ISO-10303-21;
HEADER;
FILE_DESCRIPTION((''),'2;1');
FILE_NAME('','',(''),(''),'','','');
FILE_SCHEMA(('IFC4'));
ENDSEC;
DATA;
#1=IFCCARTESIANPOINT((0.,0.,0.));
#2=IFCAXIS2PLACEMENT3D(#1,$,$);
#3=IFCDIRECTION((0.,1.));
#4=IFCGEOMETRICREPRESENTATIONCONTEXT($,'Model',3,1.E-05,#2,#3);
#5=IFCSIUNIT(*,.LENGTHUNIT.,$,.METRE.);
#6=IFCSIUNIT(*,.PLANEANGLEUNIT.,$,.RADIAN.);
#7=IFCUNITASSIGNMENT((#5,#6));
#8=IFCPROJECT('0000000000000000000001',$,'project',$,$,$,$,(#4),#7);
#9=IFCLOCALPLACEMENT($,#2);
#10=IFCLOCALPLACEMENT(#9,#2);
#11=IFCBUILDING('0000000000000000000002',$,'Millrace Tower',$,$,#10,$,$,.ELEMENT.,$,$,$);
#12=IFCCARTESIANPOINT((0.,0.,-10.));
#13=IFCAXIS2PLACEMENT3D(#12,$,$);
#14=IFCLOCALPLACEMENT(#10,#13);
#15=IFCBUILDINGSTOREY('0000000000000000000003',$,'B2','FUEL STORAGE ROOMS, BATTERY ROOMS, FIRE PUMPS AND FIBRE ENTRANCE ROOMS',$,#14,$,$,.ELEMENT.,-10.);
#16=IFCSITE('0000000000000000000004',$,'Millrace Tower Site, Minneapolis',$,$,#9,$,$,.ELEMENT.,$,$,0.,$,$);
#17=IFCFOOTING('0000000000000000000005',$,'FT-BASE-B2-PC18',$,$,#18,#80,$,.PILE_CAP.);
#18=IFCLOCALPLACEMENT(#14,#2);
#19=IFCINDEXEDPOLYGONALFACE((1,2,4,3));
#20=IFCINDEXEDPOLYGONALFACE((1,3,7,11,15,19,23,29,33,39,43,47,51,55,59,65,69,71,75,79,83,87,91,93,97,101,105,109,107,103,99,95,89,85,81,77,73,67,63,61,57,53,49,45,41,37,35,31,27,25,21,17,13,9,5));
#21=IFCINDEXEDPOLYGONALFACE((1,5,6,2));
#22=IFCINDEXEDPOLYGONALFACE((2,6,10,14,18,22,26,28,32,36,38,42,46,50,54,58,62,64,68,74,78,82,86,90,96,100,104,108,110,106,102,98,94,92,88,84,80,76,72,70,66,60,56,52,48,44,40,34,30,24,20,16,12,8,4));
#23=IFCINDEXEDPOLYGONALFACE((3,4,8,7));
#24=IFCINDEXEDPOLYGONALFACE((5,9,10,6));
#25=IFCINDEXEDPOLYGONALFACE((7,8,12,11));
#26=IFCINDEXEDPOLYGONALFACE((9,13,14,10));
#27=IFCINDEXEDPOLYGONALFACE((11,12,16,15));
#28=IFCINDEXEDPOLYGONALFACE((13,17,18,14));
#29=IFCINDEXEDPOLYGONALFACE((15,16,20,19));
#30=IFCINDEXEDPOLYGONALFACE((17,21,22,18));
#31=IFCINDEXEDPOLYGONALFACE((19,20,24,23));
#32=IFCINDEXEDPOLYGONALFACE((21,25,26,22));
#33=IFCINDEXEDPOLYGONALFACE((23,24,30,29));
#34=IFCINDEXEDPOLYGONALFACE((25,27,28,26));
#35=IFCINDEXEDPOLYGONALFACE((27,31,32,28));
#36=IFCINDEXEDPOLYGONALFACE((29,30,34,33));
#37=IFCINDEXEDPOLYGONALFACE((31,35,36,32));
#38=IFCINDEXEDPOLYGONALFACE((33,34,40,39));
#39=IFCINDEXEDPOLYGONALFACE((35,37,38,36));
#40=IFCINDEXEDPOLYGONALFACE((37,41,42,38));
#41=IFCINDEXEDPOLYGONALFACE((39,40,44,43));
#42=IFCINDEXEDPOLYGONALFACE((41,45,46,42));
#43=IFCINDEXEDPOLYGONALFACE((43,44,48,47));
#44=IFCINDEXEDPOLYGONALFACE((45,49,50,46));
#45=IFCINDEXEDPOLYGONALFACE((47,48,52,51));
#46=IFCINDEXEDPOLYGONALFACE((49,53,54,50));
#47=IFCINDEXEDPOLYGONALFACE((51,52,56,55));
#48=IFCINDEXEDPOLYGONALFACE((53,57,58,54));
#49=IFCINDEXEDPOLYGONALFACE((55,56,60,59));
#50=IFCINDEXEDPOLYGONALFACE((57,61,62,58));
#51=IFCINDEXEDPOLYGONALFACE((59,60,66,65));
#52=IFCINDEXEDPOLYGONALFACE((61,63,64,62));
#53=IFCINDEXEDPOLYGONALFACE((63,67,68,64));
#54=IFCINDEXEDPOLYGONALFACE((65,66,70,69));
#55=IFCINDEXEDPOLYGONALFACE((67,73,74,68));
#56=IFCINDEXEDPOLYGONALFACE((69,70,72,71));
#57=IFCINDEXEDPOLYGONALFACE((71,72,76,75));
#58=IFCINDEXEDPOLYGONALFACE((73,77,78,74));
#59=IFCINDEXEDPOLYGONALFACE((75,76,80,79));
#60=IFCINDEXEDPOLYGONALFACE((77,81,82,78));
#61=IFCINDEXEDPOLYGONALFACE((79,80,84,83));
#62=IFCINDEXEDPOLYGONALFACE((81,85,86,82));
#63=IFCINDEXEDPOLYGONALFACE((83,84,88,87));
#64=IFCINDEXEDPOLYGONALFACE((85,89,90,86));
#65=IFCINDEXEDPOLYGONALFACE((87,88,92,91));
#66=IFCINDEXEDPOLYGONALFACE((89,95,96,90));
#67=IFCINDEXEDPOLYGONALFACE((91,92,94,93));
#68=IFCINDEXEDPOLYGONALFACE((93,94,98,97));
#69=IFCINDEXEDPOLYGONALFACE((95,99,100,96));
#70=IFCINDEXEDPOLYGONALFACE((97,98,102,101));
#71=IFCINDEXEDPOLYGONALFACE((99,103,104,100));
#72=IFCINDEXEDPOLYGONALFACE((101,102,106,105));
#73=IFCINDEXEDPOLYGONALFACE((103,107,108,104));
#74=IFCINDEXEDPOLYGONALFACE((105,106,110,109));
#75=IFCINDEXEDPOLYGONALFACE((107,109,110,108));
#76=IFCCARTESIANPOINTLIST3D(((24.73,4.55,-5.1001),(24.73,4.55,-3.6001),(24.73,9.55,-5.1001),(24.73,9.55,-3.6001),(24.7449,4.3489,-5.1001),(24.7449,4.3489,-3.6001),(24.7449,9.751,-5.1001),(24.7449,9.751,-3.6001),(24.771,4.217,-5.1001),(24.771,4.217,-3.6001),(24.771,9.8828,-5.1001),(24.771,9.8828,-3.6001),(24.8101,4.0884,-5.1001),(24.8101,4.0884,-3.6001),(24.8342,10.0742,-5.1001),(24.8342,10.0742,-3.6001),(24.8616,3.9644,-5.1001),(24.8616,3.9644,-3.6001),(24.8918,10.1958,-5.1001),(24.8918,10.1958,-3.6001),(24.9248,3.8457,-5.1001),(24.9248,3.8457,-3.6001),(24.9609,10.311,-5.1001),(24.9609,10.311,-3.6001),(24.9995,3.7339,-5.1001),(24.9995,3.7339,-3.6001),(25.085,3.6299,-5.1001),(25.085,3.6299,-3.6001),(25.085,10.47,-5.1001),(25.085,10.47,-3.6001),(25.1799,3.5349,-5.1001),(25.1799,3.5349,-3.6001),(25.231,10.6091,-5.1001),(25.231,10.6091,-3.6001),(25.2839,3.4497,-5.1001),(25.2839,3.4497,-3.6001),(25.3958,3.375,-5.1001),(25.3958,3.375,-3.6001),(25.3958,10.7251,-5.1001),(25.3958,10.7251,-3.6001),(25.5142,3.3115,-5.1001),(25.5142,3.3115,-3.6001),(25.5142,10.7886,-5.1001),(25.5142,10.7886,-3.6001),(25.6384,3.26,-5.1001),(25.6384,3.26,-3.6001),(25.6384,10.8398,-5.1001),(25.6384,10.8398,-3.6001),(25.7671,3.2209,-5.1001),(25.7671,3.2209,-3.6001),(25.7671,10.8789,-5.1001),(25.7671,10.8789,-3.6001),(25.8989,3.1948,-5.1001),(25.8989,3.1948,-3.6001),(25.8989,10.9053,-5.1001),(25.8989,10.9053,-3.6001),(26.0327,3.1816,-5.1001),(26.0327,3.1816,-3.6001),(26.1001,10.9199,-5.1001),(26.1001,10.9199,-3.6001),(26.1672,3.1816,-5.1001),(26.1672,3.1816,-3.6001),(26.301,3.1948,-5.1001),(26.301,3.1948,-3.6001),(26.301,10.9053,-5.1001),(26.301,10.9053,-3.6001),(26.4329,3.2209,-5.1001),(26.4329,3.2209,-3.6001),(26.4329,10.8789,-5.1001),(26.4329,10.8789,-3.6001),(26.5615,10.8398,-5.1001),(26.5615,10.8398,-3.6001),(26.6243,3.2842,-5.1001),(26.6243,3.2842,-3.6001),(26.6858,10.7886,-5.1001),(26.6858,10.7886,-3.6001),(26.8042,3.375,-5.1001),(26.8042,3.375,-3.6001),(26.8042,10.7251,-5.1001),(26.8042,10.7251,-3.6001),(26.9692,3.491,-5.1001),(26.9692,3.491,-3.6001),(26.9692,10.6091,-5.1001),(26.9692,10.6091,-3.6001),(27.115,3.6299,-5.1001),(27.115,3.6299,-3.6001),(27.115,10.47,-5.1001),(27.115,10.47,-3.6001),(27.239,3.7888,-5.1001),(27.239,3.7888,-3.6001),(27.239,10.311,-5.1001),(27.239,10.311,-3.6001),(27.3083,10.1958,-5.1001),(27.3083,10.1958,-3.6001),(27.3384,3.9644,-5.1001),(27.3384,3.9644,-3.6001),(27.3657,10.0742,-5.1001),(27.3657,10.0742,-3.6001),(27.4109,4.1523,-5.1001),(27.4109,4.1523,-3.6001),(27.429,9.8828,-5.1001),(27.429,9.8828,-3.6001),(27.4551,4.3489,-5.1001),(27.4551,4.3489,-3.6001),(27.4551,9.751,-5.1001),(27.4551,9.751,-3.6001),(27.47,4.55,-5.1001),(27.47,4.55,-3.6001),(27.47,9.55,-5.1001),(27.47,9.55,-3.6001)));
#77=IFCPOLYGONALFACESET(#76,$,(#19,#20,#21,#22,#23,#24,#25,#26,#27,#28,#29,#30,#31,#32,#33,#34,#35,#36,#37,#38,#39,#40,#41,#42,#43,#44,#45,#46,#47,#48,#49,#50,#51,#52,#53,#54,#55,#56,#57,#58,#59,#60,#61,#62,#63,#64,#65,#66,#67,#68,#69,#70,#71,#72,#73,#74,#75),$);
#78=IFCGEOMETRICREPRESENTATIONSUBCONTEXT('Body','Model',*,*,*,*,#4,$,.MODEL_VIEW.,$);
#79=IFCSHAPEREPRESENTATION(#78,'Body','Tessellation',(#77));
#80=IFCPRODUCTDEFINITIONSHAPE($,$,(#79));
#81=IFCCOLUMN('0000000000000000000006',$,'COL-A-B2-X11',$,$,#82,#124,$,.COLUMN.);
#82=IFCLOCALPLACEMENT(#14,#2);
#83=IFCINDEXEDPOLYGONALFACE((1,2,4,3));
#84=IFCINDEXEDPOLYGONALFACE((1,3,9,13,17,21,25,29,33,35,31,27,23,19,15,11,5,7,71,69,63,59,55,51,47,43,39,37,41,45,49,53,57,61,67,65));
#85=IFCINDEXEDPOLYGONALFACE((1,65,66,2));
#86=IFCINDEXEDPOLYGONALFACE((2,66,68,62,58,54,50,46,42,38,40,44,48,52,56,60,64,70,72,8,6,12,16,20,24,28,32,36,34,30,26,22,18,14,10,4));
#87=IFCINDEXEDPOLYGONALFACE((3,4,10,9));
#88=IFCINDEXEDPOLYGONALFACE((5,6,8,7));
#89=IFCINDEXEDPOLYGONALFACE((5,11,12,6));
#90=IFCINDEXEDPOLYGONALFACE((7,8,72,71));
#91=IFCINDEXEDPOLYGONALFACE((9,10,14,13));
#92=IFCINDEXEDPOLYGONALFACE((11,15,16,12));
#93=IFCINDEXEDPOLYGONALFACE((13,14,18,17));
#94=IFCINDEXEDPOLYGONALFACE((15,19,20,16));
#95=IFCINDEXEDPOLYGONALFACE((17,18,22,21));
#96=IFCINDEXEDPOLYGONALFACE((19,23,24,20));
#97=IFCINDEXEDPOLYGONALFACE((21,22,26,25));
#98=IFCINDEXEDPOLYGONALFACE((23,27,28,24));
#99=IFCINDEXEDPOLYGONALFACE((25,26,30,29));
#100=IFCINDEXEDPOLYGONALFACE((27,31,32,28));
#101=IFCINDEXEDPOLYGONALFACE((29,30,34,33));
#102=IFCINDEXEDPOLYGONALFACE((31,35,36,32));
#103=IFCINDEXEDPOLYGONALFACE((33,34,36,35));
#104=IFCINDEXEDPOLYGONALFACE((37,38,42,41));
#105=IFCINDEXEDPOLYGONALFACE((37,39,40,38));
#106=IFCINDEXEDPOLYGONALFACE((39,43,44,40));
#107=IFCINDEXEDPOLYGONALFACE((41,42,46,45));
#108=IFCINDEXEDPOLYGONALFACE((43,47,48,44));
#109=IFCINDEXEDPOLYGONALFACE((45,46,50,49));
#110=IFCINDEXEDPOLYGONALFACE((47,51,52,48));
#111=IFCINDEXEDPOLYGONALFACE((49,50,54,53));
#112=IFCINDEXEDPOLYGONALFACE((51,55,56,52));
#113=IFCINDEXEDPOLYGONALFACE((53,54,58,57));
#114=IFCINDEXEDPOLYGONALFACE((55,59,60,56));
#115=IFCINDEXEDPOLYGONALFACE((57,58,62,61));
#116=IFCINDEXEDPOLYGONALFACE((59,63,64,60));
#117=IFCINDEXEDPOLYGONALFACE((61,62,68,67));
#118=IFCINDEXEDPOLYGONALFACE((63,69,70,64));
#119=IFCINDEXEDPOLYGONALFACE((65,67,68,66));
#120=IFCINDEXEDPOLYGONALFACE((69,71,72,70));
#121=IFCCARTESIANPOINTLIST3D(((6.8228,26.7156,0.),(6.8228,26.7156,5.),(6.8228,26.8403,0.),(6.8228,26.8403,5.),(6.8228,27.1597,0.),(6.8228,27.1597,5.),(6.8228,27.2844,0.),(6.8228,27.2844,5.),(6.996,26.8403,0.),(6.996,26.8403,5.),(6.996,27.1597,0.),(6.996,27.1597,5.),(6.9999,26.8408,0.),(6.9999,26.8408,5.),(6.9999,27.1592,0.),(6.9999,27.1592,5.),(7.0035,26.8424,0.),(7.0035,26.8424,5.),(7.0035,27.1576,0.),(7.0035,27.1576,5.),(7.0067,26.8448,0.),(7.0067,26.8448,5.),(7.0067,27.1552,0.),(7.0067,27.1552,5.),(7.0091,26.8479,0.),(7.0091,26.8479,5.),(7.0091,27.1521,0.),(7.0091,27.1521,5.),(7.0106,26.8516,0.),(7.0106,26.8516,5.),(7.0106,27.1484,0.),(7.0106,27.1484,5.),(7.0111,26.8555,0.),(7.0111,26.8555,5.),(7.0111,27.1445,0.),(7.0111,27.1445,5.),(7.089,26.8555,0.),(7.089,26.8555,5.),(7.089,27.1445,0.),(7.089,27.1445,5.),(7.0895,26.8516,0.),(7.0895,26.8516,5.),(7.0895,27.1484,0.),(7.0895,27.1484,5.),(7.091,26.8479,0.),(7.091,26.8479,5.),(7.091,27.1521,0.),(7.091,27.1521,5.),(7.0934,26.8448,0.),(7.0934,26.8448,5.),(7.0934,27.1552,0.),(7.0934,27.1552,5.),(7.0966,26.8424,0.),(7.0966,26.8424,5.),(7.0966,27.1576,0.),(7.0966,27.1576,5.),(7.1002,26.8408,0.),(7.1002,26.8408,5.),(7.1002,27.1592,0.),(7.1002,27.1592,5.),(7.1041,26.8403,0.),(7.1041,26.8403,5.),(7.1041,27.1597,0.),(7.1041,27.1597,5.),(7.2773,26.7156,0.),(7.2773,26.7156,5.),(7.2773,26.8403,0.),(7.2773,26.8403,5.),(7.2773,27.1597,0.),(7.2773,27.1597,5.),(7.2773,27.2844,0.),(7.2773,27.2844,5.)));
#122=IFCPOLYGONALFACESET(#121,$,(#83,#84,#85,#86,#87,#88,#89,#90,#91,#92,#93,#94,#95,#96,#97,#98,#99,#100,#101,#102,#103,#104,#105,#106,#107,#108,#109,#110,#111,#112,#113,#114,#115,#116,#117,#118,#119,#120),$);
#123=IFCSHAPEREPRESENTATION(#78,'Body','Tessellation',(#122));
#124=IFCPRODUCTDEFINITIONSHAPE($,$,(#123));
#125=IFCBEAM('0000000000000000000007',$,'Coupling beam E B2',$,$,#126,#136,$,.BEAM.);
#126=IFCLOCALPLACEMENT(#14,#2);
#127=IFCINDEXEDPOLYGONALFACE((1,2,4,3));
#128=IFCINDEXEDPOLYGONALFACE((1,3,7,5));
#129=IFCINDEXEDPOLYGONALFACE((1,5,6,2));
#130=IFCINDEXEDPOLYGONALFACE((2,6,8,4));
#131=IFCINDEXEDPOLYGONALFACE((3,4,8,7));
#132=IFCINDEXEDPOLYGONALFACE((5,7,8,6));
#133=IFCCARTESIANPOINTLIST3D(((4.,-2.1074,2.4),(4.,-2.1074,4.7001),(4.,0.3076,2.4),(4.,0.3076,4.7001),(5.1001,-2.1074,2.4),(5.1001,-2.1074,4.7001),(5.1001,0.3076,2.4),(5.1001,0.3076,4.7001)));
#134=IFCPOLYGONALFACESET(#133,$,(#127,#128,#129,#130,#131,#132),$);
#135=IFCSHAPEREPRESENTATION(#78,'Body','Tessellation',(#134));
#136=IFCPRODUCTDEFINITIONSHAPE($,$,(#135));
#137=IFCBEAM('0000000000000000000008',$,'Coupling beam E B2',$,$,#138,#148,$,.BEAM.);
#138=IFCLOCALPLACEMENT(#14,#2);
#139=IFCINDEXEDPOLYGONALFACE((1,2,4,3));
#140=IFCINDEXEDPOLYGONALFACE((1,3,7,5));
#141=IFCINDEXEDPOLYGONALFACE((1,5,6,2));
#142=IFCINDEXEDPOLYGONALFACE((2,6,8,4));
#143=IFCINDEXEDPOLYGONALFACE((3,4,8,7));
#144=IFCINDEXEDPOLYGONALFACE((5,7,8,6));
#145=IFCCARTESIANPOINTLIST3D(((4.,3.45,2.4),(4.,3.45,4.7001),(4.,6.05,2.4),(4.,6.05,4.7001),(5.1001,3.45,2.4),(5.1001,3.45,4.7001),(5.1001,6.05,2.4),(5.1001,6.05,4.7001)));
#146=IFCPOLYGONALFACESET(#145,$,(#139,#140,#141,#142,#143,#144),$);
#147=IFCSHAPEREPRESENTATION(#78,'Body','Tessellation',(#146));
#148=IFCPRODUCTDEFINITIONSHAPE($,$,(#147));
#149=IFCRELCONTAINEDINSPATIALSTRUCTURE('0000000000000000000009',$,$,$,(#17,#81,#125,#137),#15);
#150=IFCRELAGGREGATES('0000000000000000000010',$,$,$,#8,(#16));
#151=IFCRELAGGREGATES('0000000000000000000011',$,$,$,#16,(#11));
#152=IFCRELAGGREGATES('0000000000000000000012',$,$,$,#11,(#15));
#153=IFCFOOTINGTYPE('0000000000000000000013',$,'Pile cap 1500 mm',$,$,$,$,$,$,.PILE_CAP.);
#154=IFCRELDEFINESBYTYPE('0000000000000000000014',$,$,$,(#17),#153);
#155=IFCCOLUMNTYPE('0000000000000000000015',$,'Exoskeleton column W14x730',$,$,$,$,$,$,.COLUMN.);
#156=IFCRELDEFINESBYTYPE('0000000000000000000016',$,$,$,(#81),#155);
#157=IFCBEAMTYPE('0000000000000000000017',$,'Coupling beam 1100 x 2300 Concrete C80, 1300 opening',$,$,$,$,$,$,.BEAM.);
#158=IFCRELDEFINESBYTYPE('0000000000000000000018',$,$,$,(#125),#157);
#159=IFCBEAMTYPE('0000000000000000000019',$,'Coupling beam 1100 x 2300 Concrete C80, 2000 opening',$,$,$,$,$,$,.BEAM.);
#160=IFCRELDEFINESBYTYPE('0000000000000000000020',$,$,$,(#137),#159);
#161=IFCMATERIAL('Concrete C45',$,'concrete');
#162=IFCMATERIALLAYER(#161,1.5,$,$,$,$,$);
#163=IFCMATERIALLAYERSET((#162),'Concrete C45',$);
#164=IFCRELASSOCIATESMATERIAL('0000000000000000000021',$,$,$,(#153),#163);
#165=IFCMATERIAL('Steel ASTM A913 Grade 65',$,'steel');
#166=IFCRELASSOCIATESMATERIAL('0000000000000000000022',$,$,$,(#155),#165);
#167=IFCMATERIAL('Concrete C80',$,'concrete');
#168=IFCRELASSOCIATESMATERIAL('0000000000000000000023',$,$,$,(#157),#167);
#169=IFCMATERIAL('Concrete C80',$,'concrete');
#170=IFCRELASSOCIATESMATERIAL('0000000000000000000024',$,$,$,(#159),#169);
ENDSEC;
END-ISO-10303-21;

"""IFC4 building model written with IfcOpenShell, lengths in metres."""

from ifc_helpers import new_model, si_unit, direction, frame, origin, origin_2d, place, context, subcontext, project, spatial, polyline, rectangle, i_section, outline, extrude, material, layer, layer_set, material_profile, profile_set, type_object, element, save


model = new_model("IFC4")

# Units and contexts
model_context = context("Model", 3, precision=1e-05, world=origin(), true_north=direction((0.0, 1.0)))
body_context = subcontext(model_context, "Body", "Model", "MODEL_VIEW")
ifc_project = project(units=[si_unit("LENGTHUNIT", "METRE"), si_unit("PLANEANGLEUNIT", "RADIAN")], contexts=[model_context])

# Site, building, storey
site_placement = place(None, origin())
site = spatial("IfcSite", under=ifc_project, at=site_placement, Name="Millrace Tower Site, Minneapolis", CompositionType="ELEMENT", RefElevation=0.0)
building_placement = place(site_placement, origin())
building = spatial("IfcBuilding", under=site, at=building_placement, Name="Millrace Tower", CompositionType="ELEMENT")
storey_placement = place(building_placement, frame((0.0, 0.0, -10.0)))
storey = spatial("IfcBuildingStorey", under=building, at=storey_placement, Name="B2", Description="FUEL STORAGE ROOMS, BATTERY ROOMS, FIRE PUMPS AND FIBRE ENTRANCE ROOMS", CompositionType="ELEMENT", Elevation=-10.0)

# Footing
ifc_material_1 = material(Name="Concrete C45", Category="concrete")
ifc_layer_1 = layer(ifc_material_1, 1.5)
ifc_layer_set_1 = layer_set([ifc_layer_1], Name="Concrete C45")
footing_type = type_object("IfcFootingType", Name="Pile cap 1500 mm", PredefinedType="PILE_CAP", material=ifc_layer_set_1)
footing_placement = place(storey_placement, frame((0.0, 0.0, -5.1001)))
element("IfcFooting", 1, at=footing_placement, inside=storey, type_object=footing_type, Name="FT-BASE-B2-PC18", PredefinedType="PILE_CAP", context=body_context, shape_type="SweptSolid", body=[
    extrude(outline(polyline([(24.771, 9.8828), (24.8342, 10.0742), (24.8918, 10.1958), (24.9609, 10.311), (25.085, 10.47), (25.231, 10.6091), (25.3958, 10.7251), (25.5142, 10.7886), (25.6384, 10.8398), (25.7671, 10.8789), (25.8989, 10.9053), (26.1001, 10.9199), (26.301, 10.9053), (26.4329, 10.8789), (26.5615, 10.8398), (26.6858, 10.7886), (26.8042, 10.7251), (26.9692, 10.6091), (27.115, 10.47), (27.239, 10.311), (27.3083, 10.1958), (27.3657, 10.0742), (27.429, 9.8828), (27.4551, 9.751), (27.47, 9.55), (27.47, 4.55), (27.4551, 4.3489), (27.4109, 4.1523), (27.3384, 3.9644), (27.239, 3.7888), (27.115, 3.6299), (26.9692, 3.491), (26.8042, 3.375), (26.6243, 3.2842), (26.4329, 3.2209), (26.301, 3.1948), (26.1672, 3.1816), (26.0327, 3.1816), (25.8989, 3.1948), (25.7671, 3.2209), (25.6384, 3.26), (25.5142, 3.3115), (25.3958, 3.375), (25.2839, 3.4497), (25.1799, 3.5349), (25.085, 3.6299), (24.9995, 3.7339), (24.9248, 3.8457), (24.8616, 3.9644), (24.8101, 4.0884), (24.771, 4.217), (24.7449, 4.3489), (24.73, 4.55), (24.73, 9.55), (24.7449, 9.751), (24.771, 9.8828)])), origin(), (0.0, 0.0, 1.0), 1.5),
])

# Column
ifc_material_2 = material(Name="Steel ASTM A913 Grade 65", Category="steel")
ifc_material_profile_1 = material_profile(ifc_material_2, i_section(OverallWidth=0.4546, OverallDepth=0.5688, WebThickness=0.0779, FlangeThickness=0.1248, FilletRadius=0.0151, at=origin_2d()))
ifc_profile_set_1 = profile_set([ifc_material_profile_1], Name="Steel ASTM A913 Grade 65")
column_type = type_object("IfcColumnType", Name="Exoskeleton column W14x730", PredefinedType="COLUMN", material=ifc_profile_set_1)
placement_1 = place(storey_placement, frame((7.05, 27.0, 0.0), z_axis=(0.0, 0.0, 1.0), x_axis=(-1.0, 0.0, 0.0)))
element("IfcColumn", 2, at=placement_1, inside=storey, type_object=column_type, Name="COL-A-B2-X11", PredefinedType="COLUMN", context=body_context, shape_type="SweptSolid", body=[
    extrude(i_section(OverallWidth=0.4546, OverallDepth=0.5688, WebThickness=0.0779, FlangeThickness=0.1248, FilletRadius=0.0151, at=origin_2d()), origin(), (0.0, 0.0, 1.0), 5.0),
])

# Beams
ifc_material_3 = material(Name="Concrete C80", Category="concrete")
ifc_material_profile_2 = material_profile(ifc_material_3, rectangle(XDim=1.1001, YDim=2.3, at=origin_2d()))
ifc_profile_set_2 = profile_set([ifc_material_profile_2], Name="Concrete C80")
beam_type_1 = type_object("IfcBeamType", Name="Coupling beam 1100 x 2300 Concrete C80, 1300 opening", PredefinedType="BEAM", material=ifc_profile_set_2)
beam_1_placement = place(storey_placement, frame((4.55, 0.3076, 3.55), z_axis=(0.0, -1.0, 0.0), x_axis=(1.0, 0.0, 0.0)))
element("IfcBeam", 3, at=beam_1_placement, inside=storey, type_object=beam_type_1, Name="Coupling beam E B2", PredefinedType="BEAM", context=body_context, shape_type="SweptSolid", body=[
    extrude(rectangle(XDim=1.1001, YDim=2.3, at=origin_2d()), origin(), (0.0, 0.0, 1.0), 2.415),
])
ifc_material_4 = material(Name="Concrete C80", Category="concrete")
ifc_material_profile_3 = material_profile(ifc_material_4, rectangle(XDim=1.1001, YDim=2.3, at=origin_2d()))
ifc_profile_set_3 = profile_set([ifc_material_profile_3], Name="Concrete C80")
beam_type_2 = type_object("IfcBeamType", Name="Coupling beam 1100 x 2300 Concrete C80, 2000 opening", PredefinedType="BEAM", material=ifc_profile_set_3)
beam_2_placement = place(storey_placement, frame((4.55, 6.05, 3.55), z_axis=(0.0, -1.0, 0.0), x_axis=(1.0, 0.0, 0.0)))
element("IfcBeam", 4, at=beam_2_placement, inside=storey, type_object=beam_type_2, Name="Coupling beam E B2", PredefinedType="BEAM", context=body_context, shape_type="SweptSolid", body=[
    extrude(rectangle(XDim=1.1001, YDim=2.3, at=origin_2d()), origin(), (0.0, 0.0, 1.0), 2.6001),
])

save(model, "model.ifc")
